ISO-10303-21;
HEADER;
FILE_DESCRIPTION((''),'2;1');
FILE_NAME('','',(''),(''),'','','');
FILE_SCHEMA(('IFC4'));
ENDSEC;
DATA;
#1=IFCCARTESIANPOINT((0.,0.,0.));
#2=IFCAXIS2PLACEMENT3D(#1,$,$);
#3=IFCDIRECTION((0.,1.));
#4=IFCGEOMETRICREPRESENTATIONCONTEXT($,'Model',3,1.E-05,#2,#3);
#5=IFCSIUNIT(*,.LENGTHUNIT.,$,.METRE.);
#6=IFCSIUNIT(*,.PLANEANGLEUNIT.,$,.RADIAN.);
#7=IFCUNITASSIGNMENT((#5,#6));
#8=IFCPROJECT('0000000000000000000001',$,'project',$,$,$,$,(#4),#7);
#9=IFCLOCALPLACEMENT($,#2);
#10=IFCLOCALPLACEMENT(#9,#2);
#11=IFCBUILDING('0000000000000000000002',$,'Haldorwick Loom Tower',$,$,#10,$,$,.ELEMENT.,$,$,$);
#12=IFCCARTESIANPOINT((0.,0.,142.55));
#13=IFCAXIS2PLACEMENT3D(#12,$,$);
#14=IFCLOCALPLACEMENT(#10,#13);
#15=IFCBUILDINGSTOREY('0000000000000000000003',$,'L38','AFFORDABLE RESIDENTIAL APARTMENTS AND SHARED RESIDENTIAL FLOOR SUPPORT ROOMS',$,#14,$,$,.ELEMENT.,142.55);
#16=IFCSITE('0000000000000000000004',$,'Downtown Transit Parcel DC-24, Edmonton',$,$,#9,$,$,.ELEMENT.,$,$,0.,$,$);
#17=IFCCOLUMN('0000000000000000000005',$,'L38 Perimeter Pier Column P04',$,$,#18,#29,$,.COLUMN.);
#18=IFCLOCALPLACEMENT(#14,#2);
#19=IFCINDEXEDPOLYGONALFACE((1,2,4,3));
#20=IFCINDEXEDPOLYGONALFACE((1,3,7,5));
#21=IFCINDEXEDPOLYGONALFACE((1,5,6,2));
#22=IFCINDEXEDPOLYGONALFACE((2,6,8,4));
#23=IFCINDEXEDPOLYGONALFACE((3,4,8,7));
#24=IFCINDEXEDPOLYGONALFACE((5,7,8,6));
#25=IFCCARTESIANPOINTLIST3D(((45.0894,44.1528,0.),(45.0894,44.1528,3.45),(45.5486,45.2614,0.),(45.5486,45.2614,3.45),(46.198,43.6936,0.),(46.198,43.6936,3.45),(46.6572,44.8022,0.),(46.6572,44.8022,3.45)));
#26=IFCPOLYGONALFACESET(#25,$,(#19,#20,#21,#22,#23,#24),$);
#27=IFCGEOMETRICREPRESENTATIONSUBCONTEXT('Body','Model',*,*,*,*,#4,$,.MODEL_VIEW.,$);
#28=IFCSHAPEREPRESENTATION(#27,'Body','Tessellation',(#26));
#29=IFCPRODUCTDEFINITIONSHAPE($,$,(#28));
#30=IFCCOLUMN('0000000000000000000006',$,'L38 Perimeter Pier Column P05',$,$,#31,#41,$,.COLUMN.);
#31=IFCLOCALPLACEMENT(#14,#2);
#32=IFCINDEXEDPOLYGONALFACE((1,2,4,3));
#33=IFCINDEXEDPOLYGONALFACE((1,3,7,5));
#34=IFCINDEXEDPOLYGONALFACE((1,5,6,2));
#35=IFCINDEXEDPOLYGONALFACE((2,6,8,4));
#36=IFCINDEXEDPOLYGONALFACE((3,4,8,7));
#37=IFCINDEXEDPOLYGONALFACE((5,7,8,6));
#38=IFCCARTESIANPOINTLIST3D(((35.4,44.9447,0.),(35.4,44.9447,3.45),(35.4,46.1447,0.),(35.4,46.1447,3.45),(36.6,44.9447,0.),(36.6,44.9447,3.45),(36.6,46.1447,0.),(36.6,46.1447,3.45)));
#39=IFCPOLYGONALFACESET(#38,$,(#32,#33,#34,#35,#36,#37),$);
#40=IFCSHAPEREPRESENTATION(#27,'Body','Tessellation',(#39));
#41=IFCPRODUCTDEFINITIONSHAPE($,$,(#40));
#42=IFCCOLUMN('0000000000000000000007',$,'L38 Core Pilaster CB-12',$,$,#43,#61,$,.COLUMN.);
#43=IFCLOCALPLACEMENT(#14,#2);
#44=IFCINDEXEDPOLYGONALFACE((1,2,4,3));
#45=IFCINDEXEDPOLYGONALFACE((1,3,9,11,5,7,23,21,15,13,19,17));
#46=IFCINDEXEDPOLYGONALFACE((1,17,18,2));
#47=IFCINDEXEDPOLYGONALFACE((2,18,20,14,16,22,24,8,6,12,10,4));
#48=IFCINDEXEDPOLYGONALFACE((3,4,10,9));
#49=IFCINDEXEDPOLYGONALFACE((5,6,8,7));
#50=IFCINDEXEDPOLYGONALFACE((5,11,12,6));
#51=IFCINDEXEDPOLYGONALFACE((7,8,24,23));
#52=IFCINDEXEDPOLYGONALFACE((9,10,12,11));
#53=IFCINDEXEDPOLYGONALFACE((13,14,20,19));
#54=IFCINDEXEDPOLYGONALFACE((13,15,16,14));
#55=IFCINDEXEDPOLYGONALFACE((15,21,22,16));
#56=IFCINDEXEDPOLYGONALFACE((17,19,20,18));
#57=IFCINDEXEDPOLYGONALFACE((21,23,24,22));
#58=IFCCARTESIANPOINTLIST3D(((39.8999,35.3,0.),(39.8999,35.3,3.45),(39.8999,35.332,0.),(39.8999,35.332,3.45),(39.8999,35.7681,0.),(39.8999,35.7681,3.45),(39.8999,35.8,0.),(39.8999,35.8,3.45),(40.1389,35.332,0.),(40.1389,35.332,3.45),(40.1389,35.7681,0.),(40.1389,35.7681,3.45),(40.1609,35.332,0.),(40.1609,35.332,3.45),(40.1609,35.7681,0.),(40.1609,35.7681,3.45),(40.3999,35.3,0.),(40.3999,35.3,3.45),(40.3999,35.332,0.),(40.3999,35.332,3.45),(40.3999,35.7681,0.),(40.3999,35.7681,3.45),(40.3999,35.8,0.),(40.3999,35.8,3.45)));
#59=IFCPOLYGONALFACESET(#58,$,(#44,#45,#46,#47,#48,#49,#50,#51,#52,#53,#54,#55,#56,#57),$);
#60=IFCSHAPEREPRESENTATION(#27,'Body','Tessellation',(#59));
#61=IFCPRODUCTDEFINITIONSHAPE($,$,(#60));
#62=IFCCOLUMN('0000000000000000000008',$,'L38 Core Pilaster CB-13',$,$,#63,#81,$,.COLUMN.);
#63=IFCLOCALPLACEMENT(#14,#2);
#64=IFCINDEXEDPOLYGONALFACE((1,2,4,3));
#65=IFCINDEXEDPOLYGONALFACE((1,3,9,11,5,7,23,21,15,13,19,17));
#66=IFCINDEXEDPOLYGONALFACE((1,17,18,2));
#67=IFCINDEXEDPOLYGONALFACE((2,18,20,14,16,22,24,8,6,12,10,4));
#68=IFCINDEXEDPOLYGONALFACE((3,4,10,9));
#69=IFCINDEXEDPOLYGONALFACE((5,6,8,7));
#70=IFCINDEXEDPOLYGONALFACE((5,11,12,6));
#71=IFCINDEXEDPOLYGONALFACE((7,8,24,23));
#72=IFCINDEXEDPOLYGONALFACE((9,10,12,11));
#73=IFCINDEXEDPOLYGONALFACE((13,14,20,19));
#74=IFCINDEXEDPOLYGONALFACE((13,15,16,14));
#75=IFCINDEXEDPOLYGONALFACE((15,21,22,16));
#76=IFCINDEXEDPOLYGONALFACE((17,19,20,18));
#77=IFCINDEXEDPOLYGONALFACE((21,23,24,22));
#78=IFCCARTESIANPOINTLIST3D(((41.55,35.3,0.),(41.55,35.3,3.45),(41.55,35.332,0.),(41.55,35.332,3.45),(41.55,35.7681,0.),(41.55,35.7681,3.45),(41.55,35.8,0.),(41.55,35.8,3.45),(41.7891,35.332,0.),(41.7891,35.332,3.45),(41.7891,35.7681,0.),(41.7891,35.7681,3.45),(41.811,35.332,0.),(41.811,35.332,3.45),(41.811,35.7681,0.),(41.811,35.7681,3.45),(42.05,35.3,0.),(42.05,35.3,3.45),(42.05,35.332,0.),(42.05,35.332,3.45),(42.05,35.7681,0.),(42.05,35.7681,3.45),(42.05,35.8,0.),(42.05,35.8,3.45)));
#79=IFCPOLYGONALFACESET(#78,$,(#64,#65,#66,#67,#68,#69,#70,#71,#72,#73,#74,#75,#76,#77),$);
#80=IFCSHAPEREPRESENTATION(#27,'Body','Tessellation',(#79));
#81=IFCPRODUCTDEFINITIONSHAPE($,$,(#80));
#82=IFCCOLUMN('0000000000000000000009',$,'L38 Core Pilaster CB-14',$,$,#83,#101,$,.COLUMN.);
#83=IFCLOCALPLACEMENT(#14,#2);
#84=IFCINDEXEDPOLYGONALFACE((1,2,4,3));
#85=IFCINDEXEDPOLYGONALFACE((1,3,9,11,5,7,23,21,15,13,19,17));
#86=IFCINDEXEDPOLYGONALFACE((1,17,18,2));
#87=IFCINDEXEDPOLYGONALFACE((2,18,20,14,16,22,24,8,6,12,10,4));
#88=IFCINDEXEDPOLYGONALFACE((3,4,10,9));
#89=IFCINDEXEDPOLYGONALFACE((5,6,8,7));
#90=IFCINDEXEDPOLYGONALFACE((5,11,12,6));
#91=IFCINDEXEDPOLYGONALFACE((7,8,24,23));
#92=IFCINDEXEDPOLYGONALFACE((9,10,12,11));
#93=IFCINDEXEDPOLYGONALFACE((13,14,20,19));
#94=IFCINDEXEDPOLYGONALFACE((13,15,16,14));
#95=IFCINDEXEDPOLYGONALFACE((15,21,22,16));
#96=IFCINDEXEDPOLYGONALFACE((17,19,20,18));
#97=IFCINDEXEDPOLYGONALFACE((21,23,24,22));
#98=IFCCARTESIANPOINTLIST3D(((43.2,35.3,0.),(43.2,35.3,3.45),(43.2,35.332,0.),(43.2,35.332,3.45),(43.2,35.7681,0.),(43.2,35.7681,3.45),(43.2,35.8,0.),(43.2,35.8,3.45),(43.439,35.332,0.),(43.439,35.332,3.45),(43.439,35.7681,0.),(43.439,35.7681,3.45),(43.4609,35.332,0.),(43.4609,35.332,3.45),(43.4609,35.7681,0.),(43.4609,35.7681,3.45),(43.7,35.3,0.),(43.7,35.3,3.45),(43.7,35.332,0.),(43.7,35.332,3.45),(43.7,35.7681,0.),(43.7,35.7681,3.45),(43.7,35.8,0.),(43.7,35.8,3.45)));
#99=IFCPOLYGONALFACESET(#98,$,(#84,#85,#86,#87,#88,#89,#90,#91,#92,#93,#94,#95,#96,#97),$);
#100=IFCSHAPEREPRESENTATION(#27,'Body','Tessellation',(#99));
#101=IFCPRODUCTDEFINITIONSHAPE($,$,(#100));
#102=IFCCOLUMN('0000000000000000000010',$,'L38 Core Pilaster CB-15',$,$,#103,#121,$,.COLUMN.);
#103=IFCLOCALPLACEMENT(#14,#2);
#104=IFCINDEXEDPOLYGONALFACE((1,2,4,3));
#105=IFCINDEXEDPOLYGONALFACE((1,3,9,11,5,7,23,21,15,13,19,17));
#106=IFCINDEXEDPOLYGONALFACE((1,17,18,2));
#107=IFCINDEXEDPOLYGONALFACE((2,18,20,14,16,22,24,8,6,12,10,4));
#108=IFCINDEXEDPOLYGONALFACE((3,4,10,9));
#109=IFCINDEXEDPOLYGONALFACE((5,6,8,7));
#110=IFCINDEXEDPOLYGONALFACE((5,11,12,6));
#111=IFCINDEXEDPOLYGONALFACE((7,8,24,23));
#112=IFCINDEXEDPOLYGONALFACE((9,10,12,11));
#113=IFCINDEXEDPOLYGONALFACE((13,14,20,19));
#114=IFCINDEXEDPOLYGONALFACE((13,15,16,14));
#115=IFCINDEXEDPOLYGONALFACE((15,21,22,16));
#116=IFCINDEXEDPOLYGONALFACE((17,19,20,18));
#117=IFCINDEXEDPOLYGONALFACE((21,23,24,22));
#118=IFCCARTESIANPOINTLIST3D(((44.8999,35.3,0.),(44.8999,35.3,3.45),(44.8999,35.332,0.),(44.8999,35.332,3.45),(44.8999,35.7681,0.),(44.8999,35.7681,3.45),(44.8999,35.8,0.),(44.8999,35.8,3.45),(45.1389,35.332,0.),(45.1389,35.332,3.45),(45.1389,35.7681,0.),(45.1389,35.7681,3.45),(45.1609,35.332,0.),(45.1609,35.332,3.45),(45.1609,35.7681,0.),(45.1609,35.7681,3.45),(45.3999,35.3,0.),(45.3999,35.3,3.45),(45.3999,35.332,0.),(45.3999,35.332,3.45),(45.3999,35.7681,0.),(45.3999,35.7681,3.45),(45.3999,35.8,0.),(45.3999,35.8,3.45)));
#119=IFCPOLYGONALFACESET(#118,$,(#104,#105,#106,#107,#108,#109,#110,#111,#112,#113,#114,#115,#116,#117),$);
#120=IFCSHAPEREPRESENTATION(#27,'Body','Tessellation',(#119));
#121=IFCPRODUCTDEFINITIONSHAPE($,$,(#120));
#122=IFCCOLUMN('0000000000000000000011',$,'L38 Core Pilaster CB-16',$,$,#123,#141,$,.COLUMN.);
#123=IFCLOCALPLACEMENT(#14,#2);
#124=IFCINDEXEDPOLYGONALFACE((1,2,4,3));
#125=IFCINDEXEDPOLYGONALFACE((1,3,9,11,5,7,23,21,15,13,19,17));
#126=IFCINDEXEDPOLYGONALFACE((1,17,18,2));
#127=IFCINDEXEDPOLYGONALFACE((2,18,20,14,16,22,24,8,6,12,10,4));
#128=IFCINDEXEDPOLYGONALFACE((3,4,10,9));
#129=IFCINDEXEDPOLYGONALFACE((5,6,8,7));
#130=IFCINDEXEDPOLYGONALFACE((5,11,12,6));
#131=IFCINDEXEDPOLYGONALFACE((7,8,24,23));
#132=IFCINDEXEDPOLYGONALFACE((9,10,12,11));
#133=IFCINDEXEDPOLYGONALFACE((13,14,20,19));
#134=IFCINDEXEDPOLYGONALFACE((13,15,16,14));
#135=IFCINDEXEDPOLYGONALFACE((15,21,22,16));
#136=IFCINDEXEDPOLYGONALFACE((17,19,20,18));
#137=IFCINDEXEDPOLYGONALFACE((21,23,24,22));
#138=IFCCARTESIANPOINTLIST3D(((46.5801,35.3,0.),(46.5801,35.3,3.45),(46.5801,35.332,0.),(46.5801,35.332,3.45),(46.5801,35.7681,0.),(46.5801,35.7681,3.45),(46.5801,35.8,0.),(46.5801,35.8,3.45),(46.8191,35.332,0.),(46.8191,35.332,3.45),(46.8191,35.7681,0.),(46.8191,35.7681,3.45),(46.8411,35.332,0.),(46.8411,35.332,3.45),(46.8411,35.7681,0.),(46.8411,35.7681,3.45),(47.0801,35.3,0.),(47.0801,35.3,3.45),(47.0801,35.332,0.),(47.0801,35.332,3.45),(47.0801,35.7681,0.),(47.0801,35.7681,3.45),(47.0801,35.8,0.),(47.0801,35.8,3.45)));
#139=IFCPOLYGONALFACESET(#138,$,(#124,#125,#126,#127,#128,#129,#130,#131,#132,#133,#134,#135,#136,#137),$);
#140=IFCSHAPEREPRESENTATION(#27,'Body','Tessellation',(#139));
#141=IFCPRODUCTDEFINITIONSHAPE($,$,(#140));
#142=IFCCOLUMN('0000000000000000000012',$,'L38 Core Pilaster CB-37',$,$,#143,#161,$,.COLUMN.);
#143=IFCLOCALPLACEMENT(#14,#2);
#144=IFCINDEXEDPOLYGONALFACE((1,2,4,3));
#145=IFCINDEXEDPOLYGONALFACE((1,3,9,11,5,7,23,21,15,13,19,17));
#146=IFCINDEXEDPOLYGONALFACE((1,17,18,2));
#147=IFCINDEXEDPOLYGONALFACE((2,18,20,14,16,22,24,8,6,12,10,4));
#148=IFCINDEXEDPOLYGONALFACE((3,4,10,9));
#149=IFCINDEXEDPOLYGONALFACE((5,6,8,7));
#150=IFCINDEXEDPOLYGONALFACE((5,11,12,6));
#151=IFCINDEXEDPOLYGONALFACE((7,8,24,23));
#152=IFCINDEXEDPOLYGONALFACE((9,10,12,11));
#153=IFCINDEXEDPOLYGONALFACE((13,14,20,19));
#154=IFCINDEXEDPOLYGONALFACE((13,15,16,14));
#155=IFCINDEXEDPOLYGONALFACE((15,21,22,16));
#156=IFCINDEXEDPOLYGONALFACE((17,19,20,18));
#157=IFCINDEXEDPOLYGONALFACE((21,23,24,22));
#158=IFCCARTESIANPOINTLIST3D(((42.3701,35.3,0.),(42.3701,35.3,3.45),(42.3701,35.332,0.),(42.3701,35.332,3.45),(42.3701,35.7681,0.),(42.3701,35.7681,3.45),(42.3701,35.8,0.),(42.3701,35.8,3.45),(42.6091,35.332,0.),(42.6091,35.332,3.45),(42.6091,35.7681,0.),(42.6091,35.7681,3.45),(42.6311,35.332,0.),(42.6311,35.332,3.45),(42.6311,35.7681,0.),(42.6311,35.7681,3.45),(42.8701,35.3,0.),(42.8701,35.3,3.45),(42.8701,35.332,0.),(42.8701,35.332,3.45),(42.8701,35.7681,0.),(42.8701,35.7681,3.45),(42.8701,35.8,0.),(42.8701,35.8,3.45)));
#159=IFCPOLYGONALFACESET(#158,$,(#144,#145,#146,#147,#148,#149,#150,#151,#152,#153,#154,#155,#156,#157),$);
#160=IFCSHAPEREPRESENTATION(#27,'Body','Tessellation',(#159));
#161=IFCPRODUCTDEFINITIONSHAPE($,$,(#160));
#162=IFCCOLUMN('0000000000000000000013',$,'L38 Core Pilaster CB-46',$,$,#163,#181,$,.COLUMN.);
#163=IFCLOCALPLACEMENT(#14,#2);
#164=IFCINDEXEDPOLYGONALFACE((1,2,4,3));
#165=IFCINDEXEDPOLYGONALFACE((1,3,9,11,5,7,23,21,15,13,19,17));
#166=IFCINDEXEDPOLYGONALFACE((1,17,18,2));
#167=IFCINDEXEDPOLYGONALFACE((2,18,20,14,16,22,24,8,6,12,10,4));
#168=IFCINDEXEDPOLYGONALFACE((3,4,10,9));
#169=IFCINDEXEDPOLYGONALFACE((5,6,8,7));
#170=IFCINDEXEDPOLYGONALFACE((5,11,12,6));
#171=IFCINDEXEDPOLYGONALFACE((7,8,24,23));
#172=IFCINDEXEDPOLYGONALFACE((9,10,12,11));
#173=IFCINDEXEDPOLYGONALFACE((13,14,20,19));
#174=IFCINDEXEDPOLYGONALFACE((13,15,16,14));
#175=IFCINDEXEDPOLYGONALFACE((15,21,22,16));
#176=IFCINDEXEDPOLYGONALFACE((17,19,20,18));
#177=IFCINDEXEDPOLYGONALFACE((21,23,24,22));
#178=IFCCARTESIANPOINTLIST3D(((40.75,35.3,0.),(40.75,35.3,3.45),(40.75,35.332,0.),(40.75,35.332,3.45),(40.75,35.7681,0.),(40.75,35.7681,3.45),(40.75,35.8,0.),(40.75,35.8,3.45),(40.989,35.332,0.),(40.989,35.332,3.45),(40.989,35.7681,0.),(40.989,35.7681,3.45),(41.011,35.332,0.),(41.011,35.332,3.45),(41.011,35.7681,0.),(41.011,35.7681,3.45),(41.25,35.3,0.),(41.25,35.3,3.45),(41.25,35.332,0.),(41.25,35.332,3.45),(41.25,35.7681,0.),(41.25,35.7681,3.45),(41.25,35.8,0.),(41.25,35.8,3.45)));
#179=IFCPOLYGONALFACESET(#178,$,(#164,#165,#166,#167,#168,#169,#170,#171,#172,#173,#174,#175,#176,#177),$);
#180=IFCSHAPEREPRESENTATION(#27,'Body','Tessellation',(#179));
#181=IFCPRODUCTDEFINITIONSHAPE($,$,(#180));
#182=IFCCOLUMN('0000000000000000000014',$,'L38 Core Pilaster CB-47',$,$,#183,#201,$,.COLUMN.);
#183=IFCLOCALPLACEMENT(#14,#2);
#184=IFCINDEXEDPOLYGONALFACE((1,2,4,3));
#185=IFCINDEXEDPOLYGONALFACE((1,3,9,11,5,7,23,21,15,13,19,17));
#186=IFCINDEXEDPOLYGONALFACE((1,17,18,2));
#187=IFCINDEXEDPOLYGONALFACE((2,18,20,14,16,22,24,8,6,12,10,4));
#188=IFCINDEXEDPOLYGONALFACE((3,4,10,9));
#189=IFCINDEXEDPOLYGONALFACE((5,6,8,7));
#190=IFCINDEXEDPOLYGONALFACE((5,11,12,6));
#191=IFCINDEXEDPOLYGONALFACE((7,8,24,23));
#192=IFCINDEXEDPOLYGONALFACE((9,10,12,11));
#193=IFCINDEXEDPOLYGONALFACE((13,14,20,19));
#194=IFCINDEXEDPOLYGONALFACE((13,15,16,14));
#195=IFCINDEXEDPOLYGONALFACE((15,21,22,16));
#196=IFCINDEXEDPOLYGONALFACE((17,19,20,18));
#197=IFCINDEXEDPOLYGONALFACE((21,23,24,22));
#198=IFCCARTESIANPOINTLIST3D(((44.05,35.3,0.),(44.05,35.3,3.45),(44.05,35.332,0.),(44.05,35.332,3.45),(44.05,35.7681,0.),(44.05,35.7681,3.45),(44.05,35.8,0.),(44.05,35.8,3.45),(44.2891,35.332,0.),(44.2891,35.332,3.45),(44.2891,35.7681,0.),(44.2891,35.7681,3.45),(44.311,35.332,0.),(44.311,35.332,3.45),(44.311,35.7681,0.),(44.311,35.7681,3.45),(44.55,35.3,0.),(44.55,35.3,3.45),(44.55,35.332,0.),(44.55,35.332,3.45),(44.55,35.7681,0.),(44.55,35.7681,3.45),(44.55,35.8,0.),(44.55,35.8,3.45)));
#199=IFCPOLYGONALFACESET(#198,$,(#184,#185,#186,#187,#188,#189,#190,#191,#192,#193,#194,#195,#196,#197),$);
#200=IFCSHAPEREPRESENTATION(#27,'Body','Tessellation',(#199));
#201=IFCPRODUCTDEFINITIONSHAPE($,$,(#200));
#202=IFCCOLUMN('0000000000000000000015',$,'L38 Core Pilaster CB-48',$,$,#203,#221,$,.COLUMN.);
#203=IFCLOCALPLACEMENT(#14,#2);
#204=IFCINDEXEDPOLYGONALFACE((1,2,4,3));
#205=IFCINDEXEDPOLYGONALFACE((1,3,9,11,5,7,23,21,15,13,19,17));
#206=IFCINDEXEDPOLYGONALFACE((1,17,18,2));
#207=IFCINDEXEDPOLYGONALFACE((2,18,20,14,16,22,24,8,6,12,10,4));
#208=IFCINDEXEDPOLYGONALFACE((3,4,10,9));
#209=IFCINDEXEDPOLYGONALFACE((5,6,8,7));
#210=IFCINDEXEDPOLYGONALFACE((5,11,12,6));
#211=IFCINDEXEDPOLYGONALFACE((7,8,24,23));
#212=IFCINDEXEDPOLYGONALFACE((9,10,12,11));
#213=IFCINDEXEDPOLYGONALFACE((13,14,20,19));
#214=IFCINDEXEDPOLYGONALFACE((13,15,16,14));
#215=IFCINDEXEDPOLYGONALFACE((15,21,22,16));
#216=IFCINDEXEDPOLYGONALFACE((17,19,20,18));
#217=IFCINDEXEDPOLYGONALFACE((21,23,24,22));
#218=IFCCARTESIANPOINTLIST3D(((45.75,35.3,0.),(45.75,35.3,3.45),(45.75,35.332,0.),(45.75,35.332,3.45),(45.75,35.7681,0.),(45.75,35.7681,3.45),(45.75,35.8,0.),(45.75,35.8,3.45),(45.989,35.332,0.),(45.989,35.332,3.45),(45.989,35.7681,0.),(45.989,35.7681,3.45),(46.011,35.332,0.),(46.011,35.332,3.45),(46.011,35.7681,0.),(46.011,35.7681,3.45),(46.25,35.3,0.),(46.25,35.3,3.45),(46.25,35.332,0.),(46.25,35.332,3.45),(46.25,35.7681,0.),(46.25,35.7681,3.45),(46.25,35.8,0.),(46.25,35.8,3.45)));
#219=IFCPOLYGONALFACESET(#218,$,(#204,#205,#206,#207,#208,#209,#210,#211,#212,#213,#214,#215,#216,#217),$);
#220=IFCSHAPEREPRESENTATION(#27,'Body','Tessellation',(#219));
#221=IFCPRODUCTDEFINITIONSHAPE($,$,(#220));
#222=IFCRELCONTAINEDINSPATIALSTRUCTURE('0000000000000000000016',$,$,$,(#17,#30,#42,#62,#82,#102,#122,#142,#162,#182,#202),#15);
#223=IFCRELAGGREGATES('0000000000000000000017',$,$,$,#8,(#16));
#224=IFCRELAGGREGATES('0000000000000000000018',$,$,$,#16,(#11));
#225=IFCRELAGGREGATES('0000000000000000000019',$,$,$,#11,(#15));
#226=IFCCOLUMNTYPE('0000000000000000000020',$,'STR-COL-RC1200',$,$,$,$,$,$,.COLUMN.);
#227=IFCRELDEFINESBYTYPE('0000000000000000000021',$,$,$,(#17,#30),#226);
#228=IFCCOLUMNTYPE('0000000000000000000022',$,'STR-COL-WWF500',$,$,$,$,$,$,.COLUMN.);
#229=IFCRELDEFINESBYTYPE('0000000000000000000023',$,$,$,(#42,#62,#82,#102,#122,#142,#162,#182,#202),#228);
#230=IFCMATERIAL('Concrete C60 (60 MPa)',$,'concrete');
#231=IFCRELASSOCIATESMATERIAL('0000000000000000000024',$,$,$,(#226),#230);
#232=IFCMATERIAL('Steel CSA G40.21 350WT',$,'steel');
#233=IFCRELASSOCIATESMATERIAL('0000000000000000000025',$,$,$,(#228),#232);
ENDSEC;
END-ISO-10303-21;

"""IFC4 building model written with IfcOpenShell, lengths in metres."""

from ifc_helpers import new_model, si_unit, direction, frame, origin, origin_2d, place, context, subcontext, project, spatial, rectangle, i_section, extrude, material, material_profile, profile_set, type_object, element, save


model = new_model("IFC4")

# Units and contexts
model_context = context("Model", 3, precision=1e-05, world=origin(), true_north=direction((0.0, 1.0)))
body_context = subcontext(model_context, "Body", "Model", "MODEL_VIEW")
ifc_project = project(units=[si_unit("LENGTHUNIT", "METRE"), si_unit("PLANEANGLEUNIT", "RADIAN")], contexts=[model_context])

# Site, building, storey
site_placement = place(None, origin())
site = spatial("IfcSite", under=ifc_project, at=site_placement, Name="Downtown Transit Parcel DC-24, Edmonton", CompositionType="ELEMENT", RefElevation=0.0)
building_placement = place(site_placement, origin())
building = spatial("IfcBuilding", under=site, at=building_placement, Name="Haldorwick Loom Tower", CompositionType="ELEMENT")
storey_placement = place(building_placement, frame((0.0, 0.0, 142.55)))
storey = spatial("IfcBuildingStorey", under=building, at=storey_placement, Name="L38", Description="AFFORDABLE RESIDENTIAL APARTMENTS AND SHARED RESIDENTIAL FLOOR SUPPORT ROOMS", CompositionType="ELEMENT", Elevation=142.55)

# Columns
ifc_material_1 = material(Name="Concrete C60 (60 MPa)", Category="concrete")
ifc_material_profile_1 = material_profile(ifc_material_1, rectangle(XDim=1.2, YDim=1.2, at=origin_2d()), Name="RC1200X1200", Category="concrete")
ifc_profile_set_1 = profile_set([ifc_material_profile_1], Name="Concrete C60 (60 MPa)")
column_type_1 = type_object("IfcColumnType", Name="STR-COL-RC1200", PredefinedType="COLUMN", material=ifc_profile_set_1)
for number, where, z_axis, x_axis, name in (
    (1, (45.8733, 44.4775, 0.0), (0.0, 0.0, 1.0), (0.382683, 0.92388, 0.0), "L38 Perimeter Pier Column P04"),
    (2, (36.0, 45.5447, 0.0), (0.0, 0.0, 1.0), (0.0, 1.0, 0.0), "L38 Perimeter Pier Column P05"),
):
    element("IfcColumn", number, at=place(storey_placement, frame(where, z_axis=z_axis, x_axis=x_axis)), inside=storey, type_object=column_type_1, Name=name, PredefinedType="COLUMN", context=body_context, shape_type="SweptSolid", body=[
        extrude(rectangle(XDim=1.2, YDim=1.2, at=origin_2d()), origin(), (0.0, 0.0, 1.0), 3.45),
    ])
ifc_material_2 = material(Name="Steel CSA G40.21 350WT", Category="steel")
ifc_material_profile_2 = material_profile(ifc_material_2, i_section(OverallWidth=0.5, OverallDepth=0.5, WebThickness=0.022, FlangeThickness=0.032, at=origin_2d()), Name="WWF500X500", Category="steel")
ifc_profile_set_2 = profile_set([ifc_material_profile_2], Name="Steel CSA G40.21 350WT")
column_type_2 = type_object("IfcColumnType", Name="STR-COL-WWF500", PredefinedType="COLUMN", material=ifc_profile_set_2)
for number, where, z_axis, x_axis, name in (
    (3, (40.1499, 35.55, 0.0), (0.0, 0.0, 1.0), (1.0, 0.0, 0.0), "L38 Core Pilaster CB-12"),
    (4, (41.8, 35.55, 0.0), (0.0, 0.0, 1.0), (1.0, 0.0, 0.0), "L38 Core Pilaster CB-13"),
    (5, (43.45, 35.55, 0.0), (0.0, 0.0, 1.0), (1.0, 0.0, 0.0), "L38 Core Pilaster CB-14"),
    (6, (45.1499, 35.55, 0.0), (0.0, 0.0, 1.0), (1.0, 0.0, 0.0), "L38 Core Pilaster CB-15"),
    (7, (46.8301, 35.55, 0.0), (0.0, 0.0, 1.0), (1.0, 0.0, 0.0), "L38 Core Pilaster CB-16"),
    (8, (42.6201, 35.55, 0.0), (0.0, 0.0, 1.0), (1.0, 0.0, 0.0), "L38 Core Pilaster CB-37"),
    (9, (41.0, 35.55, 0.0), (0.0, 0.0, 1.0), (1.0, 0.0, 0.0), "L38 Core Pilaster CB-46"),
    (10, (44.3, 35.55, 0.0), (0.0, 0.0, 1.0), (1.0, 0.0, 0.0), "L38 Core Pilaster CB-47"),
    (11, (46.0, 35.55, 0.0), (0.0, 0.0, 1.0), (1.0, 0.0, 0.0), "L38 Core Pilaster CB-48"),
):
    element("IfcColumn", number, at=place(storey_placement, frame(where, z_axis=z_axis, x_axis=x_axis)), inside=storey, type_object=column_type_2, Name=name, PredefinedType="COLUMN", context=body_context, shape_type="SweptSolid", body=[
        extrude(i_section(OverallWidth=0.5, OverallDepth=0.5, WebThickness=0.022, FlangeThickness=0.032, at=origin_2d()), origin(), (0.0, 0.0, 1.0), 3.45),
    ])

save(model, "model.ifc")
